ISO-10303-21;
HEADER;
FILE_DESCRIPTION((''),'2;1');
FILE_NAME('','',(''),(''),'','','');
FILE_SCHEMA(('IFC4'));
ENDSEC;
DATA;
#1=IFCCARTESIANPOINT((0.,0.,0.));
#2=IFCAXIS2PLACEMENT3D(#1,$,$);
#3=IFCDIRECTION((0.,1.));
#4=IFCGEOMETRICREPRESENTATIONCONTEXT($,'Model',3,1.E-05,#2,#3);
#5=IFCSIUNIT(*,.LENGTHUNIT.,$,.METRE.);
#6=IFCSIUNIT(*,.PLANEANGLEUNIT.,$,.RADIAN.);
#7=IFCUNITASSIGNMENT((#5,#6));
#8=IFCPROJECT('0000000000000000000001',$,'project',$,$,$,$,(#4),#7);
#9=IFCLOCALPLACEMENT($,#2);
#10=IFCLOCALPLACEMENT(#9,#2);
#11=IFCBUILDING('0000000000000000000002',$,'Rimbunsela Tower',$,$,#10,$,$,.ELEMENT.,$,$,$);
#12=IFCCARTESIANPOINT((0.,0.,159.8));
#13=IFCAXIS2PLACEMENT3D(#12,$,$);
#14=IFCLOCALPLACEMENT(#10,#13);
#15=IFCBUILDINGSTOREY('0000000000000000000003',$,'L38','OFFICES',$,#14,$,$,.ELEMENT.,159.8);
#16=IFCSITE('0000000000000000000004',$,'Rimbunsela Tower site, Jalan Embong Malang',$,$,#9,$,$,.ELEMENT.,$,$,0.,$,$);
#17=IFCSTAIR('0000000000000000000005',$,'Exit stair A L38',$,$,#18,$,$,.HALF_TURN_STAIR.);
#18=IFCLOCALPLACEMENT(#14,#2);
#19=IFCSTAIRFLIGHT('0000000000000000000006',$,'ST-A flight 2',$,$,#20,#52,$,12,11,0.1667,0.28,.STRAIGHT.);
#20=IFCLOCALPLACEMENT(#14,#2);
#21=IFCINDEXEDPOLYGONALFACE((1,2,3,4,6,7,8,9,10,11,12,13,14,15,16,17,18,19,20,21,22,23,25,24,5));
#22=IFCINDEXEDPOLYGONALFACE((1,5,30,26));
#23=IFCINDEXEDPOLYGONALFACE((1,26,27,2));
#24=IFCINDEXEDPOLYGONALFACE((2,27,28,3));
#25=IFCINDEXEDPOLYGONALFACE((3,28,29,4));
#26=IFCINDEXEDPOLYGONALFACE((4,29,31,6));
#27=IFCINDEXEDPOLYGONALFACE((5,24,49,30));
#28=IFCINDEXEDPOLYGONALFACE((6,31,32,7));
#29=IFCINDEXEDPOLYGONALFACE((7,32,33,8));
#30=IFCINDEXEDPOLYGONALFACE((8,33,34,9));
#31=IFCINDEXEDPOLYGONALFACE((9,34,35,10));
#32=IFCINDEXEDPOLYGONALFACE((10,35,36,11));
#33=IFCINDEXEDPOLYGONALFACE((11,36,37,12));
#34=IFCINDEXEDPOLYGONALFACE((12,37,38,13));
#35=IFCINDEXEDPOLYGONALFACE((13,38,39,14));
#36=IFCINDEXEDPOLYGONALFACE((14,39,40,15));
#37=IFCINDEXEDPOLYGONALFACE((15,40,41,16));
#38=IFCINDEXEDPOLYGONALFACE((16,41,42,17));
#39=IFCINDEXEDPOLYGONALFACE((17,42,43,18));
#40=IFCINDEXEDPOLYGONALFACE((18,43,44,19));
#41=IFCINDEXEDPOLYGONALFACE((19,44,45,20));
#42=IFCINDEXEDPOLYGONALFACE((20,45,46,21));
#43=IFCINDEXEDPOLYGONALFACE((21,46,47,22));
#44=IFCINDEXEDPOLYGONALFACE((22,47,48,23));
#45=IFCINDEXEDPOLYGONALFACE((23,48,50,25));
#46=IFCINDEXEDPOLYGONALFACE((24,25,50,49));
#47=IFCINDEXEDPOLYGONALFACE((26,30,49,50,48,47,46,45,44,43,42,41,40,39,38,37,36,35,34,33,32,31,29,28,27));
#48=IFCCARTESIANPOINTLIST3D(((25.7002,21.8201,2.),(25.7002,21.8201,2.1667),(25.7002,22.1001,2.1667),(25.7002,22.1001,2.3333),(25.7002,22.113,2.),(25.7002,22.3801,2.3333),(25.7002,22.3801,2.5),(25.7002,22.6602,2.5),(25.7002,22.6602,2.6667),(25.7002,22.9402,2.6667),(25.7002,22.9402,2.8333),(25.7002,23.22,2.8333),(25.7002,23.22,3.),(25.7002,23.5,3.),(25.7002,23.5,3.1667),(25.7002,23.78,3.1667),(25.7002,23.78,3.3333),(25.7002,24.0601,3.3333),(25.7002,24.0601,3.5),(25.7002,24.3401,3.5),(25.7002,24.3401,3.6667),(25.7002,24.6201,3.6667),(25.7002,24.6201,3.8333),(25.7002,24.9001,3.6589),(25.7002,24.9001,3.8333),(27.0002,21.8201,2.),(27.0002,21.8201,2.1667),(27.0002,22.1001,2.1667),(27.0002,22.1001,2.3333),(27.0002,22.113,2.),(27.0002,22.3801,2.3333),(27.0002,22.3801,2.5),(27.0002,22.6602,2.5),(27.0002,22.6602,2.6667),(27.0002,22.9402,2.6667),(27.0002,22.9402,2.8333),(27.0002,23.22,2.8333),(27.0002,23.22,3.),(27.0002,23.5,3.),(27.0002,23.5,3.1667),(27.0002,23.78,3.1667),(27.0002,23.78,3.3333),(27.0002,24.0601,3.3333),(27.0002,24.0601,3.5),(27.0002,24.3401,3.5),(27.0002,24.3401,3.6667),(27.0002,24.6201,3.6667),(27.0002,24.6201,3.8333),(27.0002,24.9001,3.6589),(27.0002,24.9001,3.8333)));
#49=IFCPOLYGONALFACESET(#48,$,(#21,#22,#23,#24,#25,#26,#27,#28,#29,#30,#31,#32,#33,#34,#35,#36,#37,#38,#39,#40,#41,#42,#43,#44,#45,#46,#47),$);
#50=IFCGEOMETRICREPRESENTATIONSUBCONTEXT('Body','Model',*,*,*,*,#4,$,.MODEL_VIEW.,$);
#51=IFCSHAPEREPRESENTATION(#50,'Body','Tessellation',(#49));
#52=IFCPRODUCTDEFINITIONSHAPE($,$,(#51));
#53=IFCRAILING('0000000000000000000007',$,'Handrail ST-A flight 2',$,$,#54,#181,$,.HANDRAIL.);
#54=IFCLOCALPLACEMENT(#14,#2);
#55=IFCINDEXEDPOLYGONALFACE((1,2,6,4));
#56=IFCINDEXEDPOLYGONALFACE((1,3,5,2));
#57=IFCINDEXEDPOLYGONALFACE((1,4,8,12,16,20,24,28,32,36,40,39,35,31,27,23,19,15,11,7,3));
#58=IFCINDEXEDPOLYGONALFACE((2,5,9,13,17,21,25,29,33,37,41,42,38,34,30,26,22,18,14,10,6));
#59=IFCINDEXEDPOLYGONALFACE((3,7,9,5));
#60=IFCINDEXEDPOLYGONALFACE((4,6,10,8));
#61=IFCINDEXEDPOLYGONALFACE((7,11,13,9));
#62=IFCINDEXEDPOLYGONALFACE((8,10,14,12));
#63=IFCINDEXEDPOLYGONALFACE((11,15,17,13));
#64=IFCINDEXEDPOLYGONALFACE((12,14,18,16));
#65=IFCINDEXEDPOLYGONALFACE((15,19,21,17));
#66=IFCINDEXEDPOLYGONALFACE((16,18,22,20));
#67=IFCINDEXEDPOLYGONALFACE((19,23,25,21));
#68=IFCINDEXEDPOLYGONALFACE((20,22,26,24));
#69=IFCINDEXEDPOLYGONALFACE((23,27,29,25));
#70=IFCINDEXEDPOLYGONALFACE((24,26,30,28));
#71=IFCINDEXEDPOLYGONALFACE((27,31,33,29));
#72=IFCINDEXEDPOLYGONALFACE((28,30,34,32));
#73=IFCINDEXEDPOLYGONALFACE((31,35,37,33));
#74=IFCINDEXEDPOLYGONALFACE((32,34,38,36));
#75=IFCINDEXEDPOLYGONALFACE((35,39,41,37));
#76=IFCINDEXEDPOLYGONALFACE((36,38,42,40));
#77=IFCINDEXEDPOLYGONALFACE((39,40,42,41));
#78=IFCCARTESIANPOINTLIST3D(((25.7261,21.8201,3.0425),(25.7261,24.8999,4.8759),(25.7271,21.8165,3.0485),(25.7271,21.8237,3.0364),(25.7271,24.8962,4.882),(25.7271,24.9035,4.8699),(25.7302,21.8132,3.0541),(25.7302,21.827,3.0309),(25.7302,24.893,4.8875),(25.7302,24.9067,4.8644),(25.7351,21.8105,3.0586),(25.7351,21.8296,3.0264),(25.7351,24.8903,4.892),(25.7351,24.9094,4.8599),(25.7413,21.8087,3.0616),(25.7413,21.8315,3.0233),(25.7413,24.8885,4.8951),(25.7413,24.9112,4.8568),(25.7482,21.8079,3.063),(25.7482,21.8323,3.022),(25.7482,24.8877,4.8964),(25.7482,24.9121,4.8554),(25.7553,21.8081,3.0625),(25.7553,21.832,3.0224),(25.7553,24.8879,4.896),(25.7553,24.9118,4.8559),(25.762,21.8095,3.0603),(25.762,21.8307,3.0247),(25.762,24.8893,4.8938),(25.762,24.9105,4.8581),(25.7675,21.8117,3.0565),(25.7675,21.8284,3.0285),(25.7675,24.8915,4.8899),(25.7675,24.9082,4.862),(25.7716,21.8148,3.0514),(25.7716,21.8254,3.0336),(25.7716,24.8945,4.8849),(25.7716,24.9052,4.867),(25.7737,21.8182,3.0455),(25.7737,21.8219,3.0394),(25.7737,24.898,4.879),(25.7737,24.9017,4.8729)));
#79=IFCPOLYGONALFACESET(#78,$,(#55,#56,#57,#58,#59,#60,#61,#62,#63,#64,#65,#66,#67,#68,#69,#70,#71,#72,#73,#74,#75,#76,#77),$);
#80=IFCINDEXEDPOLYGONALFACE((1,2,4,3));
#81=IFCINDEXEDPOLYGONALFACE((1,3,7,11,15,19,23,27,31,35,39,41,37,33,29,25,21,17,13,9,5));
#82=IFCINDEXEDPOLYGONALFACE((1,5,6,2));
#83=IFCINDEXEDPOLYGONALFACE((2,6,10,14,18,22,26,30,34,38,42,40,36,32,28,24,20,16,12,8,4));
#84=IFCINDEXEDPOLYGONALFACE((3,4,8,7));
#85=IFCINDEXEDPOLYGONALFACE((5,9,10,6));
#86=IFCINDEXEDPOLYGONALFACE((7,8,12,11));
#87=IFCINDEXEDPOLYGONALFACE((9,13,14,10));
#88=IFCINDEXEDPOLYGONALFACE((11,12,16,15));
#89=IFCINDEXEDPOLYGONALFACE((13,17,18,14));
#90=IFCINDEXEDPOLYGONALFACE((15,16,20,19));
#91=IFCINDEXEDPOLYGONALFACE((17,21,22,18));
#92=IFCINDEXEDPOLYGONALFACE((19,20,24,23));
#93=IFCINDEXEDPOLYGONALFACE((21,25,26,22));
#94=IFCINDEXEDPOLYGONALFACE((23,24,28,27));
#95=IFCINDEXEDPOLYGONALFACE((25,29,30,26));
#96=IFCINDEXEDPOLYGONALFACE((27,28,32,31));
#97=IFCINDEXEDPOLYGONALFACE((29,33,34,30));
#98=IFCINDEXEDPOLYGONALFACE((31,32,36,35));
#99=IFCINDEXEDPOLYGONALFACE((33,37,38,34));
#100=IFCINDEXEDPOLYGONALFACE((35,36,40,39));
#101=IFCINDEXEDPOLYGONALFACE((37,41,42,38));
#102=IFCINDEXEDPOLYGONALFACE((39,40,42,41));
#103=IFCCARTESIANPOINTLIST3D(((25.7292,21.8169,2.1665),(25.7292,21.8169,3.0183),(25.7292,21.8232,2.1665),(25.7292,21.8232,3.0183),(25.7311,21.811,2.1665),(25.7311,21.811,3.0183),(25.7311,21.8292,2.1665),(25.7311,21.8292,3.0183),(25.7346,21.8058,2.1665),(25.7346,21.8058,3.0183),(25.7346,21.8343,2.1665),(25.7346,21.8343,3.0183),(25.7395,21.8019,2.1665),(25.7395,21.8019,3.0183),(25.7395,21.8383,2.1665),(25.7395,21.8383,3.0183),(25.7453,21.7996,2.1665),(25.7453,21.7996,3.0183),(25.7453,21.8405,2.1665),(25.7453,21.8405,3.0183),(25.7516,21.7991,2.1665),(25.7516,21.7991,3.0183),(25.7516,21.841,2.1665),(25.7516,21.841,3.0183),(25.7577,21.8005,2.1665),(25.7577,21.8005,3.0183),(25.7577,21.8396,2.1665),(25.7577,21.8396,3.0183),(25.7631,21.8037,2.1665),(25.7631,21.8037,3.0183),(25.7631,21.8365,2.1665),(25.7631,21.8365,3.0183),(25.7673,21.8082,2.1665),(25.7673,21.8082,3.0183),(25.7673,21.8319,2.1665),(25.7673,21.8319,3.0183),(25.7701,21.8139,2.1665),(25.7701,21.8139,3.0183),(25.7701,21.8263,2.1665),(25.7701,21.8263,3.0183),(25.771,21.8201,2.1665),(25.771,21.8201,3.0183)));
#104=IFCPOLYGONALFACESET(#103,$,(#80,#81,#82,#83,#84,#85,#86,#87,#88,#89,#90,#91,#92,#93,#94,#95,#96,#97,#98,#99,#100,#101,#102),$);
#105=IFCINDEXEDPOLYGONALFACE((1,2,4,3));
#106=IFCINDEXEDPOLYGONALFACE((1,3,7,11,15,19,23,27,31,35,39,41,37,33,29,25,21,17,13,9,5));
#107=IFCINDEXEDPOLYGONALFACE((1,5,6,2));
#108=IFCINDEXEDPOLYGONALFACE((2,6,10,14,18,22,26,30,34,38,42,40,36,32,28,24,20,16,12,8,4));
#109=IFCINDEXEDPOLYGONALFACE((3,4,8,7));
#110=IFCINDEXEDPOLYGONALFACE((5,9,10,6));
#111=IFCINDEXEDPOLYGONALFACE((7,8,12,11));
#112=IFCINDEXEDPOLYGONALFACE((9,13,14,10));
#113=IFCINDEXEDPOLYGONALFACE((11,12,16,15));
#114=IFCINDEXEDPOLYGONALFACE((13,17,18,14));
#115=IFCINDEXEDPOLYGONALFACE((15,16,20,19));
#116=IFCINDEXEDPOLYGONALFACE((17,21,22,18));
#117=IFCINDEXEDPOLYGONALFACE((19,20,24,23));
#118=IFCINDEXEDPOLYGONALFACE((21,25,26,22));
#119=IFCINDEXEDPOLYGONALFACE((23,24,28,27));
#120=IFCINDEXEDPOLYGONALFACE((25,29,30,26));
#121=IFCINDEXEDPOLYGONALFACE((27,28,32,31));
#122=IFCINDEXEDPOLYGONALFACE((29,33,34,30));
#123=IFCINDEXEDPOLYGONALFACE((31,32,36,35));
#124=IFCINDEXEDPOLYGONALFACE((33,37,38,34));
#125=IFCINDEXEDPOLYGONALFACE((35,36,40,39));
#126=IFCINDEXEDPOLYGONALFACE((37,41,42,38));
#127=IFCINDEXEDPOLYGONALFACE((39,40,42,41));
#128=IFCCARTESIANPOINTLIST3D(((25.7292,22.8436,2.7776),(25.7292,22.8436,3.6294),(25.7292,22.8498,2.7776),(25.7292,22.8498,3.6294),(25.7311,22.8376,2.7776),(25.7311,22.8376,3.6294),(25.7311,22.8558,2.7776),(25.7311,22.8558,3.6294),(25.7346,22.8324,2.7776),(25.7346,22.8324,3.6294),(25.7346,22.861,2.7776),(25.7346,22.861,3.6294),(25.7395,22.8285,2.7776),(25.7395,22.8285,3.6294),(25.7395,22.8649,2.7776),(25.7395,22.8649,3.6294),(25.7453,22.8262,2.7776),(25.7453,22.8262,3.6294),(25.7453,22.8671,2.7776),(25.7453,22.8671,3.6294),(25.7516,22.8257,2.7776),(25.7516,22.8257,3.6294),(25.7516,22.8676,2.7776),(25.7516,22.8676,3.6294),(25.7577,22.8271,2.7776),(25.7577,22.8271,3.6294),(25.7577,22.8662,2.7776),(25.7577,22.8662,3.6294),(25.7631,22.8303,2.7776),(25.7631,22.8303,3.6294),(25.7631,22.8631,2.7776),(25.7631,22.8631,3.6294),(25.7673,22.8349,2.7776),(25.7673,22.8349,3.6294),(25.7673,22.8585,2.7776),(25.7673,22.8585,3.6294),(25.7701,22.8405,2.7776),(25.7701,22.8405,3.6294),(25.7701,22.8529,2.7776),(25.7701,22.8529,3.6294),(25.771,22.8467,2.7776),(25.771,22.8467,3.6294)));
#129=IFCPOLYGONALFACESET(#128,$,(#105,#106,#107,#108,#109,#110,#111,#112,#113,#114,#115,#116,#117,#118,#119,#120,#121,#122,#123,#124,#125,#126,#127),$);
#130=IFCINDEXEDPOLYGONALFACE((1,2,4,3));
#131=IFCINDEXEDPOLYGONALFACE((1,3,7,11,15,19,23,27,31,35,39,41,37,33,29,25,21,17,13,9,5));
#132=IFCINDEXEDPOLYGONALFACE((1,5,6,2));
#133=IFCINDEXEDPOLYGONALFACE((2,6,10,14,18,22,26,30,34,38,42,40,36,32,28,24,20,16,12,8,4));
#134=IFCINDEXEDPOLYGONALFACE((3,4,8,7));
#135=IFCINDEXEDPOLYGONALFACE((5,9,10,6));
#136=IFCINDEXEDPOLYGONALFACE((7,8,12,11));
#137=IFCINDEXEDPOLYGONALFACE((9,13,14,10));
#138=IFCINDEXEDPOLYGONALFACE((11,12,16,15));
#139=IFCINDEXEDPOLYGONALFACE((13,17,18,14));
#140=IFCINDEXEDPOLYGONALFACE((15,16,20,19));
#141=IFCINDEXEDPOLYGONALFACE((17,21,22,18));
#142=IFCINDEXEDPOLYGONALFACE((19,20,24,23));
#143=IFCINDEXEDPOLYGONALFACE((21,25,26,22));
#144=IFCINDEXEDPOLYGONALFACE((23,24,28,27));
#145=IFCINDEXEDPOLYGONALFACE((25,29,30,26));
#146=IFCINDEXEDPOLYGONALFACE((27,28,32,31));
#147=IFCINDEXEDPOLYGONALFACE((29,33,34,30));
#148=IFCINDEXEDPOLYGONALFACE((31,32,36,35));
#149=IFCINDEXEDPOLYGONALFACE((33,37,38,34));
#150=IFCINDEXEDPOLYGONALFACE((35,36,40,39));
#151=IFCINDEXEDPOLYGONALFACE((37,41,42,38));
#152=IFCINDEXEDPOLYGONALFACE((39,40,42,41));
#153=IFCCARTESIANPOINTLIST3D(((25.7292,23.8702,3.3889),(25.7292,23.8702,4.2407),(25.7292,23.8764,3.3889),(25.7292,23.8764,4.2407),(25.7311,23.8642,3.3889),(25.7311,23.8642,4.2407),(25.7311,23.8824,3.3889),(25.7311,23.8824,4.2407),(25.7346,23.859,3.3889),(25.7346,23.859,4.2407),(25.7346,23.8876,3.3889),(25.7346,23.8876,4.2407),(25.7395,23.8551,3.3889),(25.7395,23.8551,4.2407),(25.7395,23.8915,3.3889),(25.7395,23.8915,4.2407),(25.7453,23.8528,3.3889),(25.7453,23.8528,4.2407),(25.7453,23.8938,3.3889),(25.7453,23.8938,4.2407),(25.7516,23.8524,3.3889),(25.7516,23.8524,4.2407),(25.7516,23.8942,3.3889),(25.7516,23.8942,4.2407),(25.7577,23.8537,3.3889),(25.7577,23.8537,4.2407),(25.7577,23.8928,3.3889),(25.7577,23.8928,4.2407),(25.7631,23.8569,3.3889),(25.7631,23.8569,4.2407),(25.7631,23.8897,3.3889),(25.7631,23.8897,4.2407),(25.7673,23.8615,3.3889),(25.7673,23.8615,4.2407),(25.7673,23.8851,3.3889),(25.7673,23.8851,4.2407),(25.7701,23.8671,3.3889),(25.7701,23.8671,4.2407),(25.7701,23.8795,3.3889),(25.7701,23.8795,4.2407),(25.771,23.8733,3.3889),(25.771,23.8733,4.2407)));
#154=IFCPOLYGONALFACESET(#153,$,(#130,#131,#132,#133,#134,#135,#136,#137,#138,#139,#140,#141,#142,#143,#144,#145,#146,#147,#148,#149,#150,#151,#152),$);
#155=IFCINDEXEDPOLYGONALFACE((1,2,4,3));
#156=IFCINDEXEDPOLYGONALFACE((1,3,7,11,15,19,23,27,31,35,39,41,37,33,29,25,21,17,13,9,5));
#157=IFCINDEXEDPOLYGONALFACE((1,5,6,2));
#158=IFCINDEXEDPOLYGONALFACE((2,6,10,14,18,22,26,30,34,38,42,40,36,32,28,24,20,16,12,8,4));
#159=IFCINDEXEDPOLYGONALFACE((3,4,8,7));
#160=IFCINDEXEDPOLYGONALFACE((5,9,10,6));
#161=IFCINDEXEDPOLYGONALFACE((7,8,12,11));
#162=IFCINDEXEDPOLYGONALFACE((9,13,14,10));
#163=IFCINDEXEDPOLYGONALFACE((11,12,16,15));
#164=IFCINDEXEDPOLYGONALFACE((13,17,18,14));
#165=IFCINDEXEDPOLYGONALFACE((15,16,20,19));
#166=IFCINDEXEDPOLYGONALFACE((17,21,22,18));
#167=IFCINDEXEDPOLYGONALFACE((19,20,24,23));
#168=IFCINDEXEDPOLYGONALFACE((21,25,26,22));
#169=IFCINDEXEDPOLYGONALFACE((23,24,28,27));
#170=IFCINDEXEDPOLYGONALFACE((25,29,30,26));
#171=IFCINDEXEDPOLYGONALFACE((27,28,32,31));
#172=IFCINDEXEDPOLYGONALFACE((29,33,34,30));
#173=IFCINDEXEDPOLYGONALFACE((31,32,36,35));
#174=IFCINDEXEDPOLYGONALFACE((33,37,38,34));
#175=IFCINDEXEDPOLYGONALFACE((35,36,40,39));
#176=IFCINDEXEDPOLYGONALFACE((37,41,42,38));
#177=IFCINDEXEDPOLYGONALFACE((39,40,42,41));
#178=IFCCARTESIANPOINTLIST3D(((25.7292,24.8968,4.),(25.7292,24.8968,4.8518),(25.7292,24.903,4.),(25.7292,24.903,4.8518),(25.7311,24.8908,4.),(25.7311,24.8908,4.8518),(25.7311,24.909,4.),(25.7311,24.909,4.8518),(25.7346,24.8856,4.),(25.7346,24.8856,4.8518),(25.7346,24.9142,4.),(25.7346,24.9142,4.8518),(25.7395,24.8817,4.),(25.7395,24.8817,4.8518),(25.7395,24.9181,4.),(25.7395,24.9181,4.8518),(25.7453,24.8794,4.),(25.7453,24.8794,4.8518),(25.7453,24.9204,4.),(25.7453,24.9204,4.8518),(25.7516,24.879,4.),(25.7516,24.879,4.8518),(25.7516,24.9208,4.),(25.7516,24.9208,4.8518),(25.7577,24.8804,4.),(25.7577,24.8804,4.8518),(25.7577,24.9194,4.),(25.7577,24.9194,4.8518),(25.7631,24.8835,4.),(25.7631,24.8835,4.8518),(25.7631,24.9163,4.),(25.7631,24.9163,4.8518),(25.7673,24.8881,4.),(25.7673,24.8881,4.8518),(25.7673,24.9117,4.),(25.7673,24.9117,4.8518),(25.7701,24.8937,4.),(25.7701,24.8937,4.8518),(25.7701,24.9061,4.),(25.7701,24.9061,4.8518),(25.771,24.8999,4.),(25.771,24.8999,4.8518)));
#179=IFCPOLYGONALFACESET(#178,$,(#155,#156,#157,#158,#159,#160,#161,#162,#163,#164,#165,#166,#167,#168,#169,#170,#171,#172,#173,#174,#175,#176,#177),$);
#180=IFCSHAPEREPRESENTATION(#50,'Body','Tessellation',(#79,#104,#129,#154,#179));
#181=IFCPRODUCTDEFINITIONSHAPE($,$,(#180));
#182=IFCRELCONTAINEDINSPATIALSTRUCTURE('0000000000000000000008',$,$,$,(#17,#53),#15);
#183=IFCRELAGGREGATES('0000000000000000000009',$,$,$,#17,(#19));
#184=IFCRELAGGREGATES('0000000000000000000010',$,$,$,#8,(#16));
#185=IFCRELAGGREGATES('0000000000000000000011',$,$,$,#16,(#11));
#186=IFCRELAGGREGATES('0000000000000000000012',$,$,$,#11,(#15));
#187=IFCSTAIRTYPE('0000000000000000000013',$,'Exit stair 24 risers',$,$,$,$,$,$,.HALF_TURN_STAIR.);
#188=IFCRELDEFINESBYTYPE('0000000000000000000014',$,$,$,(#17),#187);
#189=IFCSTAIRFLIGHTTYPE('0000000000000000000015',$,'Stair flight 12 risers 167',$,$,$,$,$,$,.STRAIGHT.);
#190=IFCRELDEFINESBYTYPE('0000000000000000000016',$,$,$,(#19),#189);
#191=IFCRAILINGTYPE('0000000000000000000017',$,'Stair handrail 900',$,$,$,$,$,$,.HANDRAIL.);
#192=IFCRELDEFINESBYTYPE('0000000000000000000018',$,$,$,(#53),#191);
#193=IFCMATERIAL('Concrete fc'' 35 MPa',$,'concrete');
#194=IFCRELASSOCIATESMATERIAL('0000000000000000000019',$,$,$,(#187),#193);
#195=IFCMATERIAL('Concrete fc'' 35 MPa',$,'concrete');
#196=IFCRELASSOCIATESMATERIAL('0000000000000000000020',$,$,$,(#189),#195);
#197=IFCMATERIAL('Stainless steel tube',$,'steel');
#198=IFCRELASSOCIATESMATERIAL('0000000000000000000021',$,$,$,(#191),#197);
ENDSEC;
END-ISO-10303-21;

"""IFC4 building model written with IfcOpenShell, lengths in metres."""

from ifc_helpers import new_model, si_unit, direction, frame, origin, origin_2d, place, context, subcontext, project, spatial, polyline, circle, outline, extrude, material, type_object, element, aggregate, save


model = new_model("IFC4")

# Units and contexts
model_context = context("Model", 3, precision=1e-05, world=origin(), true_north=direction((0.0, 1.0)))
body_context = subcontext(model_context, "Body", "Model", "MODEL_VIEW")
ifc_project = project(units=[si_unit("LENGTHUNIT", "METRE"), si_unit("PLANEANGLEUNIT", "RADIAN")], contexts=[model_context])

# Site, building, storey
site_placement = place(None, origin())
site = spatial("IfcSite", under=ifc_project, at=site_placement, Name="Rimbunsela Tower site, Jalan Embong Malang", CompositionType="ELEMENT", RefElevation=0.0)
building_placement = place(site_placement, origin())
building = spatial("IfcBuilding", under=site, at=building_placement, Name="Rimbunsela Tower", CompositionType="ELEMENT")
storey_placement = place(building_placement, frame((0.0, 0.0, 159.8)))
storey = spatial("IfcBuildingStorey", under=building, at=storey_placement, Name="L38", Description="OFFICES", CompositionType="ELEMENT", Elevation=159.8)

# Stair, stair flight
ifc_material_1 = material(Name="Concrete fc' 35 MPa", Category="concrete")
stair_type = type_object("IfcStairType", Name="Exit stair 24 risers", PredefinedType="HALF_TURN_STAIR", material=ifc_material_1)
stair_placement = place(storey_placement, origin())
stair = element("IfcStair", 1, at=stair_placement, inside=storey, type_object=stair_type, Name="Exit stair A L38", PredefinedType="HALF_TURN_STAIR")
ifc_material_2 = material(Name="Concrete fc' 35 MPa", Category="concrete")
stair_flight_type = type_object("IfcStairFlightType", Name="Stair flight 12 risers 167", PredefinedType="STRAIGHT", material=ifc_material_2)
stair_flight_placement = place(storey_placement, frame((26.3501, 21.8201, 2.0), z_axis=(0.0, 0.0, 1.0), x_axis=(0.0, 1.0, 0.0)))
stair_flight = element("IfcStairFlight", 2, at=stair_flight_placement, type_object=stair_flight_type, Name="ST-A flight 2", NumberOfRisers=12, NumberOfTreads=11, PredefinedType="STRAIGHT", RiserHeight=0.1667, TreadLength=0.28, context=body_context, shape_type="SweptSolid", body=[
    extrude(outline(polyline([(0.0, 0.0), (0.0, 0.1667), (0.28, 0.1667), (0.28, 0.3333), (0.5601, 0.3333), (0.5601, 0.5), (0.8401, 0.5), (0.8401, 0.6667), (1.1201, 0.6667), (1.1201, 0.8333), (1.3999, 0.8333), (1.3999, 1.0), (1.6799, 1.0), (1.6799, 1.1667), (1.96, 1.1667), (1.96, 1.3333), (2.24, 1.3333), (2.24, 1.5), (2.52, 1.5), (2.52, 1.6667), (2.8, 1.6667), (2.8, 1.8333), (3.0801, 1.8333), (3.0801, 2.0), (3.0801, 1.6589), (0.293, 0.0), (0.0, 0.0)])), frame((0.0, 0.6499, 0.0), z_axis=(0.0, -1.0, 0.0), x_axis=(1.0, 0.0, 0.0)), (0.0, 0.0, 1.0), 1.3),
])
aggregate(stair, [stair_flight])

# Railing
ifc_material_3 = material(Name="Stainless steel tube", Category="steel")
railing_type = type_object("IfcRailingType", Name="Stair handrail 900", PredefinedType="HANDRAIL", material=ifc_material_3)
railing_placement = place(storey_placement, frame((25.75, 21.8201, 2.1665)))
element("IfcRailing", 3, at=railing_placement, inside=storey, type_object=railing_type, Name="Handrail ST-A flight 2", PredefinedType="HANDRAIL", context=body_context, shape_type="SweptSolid", body=[
    extrude(circle(Radius=0.0239, at=origin_2d()), frame((0.0, 0.0, 0.876), z_axis=(0.0, 0.859261, 0.511538), x_axis=(-1.0, 0.0, 0.0)), (0.0, 0.0, 1.0), 3.5842),
    extrude(circle(Radius=0.021, at=origin_2d()), origin(), (0.0, 0.0, 1.0), 0.8518),
    extrude(circle(Radius=0.021, at=origin_2d()), frame((0.0, 1.0266, 0.6111)), (0.0, 0.0, 1.0), 0.8518),
    extrude(circle(Radius=0.021, at=origin_2d()), frame((0.0, 2.0532, 1.2224)), (0.0, 0.0, 1.0), 0.8518),
    extrude(circle(Radius=0.021, at=origin_2d()), frame((0.0, 3.0798, 1.8335)), (0.0, 0.0, 1.0), 0.8518),
])

save(model, "model.ifc")
